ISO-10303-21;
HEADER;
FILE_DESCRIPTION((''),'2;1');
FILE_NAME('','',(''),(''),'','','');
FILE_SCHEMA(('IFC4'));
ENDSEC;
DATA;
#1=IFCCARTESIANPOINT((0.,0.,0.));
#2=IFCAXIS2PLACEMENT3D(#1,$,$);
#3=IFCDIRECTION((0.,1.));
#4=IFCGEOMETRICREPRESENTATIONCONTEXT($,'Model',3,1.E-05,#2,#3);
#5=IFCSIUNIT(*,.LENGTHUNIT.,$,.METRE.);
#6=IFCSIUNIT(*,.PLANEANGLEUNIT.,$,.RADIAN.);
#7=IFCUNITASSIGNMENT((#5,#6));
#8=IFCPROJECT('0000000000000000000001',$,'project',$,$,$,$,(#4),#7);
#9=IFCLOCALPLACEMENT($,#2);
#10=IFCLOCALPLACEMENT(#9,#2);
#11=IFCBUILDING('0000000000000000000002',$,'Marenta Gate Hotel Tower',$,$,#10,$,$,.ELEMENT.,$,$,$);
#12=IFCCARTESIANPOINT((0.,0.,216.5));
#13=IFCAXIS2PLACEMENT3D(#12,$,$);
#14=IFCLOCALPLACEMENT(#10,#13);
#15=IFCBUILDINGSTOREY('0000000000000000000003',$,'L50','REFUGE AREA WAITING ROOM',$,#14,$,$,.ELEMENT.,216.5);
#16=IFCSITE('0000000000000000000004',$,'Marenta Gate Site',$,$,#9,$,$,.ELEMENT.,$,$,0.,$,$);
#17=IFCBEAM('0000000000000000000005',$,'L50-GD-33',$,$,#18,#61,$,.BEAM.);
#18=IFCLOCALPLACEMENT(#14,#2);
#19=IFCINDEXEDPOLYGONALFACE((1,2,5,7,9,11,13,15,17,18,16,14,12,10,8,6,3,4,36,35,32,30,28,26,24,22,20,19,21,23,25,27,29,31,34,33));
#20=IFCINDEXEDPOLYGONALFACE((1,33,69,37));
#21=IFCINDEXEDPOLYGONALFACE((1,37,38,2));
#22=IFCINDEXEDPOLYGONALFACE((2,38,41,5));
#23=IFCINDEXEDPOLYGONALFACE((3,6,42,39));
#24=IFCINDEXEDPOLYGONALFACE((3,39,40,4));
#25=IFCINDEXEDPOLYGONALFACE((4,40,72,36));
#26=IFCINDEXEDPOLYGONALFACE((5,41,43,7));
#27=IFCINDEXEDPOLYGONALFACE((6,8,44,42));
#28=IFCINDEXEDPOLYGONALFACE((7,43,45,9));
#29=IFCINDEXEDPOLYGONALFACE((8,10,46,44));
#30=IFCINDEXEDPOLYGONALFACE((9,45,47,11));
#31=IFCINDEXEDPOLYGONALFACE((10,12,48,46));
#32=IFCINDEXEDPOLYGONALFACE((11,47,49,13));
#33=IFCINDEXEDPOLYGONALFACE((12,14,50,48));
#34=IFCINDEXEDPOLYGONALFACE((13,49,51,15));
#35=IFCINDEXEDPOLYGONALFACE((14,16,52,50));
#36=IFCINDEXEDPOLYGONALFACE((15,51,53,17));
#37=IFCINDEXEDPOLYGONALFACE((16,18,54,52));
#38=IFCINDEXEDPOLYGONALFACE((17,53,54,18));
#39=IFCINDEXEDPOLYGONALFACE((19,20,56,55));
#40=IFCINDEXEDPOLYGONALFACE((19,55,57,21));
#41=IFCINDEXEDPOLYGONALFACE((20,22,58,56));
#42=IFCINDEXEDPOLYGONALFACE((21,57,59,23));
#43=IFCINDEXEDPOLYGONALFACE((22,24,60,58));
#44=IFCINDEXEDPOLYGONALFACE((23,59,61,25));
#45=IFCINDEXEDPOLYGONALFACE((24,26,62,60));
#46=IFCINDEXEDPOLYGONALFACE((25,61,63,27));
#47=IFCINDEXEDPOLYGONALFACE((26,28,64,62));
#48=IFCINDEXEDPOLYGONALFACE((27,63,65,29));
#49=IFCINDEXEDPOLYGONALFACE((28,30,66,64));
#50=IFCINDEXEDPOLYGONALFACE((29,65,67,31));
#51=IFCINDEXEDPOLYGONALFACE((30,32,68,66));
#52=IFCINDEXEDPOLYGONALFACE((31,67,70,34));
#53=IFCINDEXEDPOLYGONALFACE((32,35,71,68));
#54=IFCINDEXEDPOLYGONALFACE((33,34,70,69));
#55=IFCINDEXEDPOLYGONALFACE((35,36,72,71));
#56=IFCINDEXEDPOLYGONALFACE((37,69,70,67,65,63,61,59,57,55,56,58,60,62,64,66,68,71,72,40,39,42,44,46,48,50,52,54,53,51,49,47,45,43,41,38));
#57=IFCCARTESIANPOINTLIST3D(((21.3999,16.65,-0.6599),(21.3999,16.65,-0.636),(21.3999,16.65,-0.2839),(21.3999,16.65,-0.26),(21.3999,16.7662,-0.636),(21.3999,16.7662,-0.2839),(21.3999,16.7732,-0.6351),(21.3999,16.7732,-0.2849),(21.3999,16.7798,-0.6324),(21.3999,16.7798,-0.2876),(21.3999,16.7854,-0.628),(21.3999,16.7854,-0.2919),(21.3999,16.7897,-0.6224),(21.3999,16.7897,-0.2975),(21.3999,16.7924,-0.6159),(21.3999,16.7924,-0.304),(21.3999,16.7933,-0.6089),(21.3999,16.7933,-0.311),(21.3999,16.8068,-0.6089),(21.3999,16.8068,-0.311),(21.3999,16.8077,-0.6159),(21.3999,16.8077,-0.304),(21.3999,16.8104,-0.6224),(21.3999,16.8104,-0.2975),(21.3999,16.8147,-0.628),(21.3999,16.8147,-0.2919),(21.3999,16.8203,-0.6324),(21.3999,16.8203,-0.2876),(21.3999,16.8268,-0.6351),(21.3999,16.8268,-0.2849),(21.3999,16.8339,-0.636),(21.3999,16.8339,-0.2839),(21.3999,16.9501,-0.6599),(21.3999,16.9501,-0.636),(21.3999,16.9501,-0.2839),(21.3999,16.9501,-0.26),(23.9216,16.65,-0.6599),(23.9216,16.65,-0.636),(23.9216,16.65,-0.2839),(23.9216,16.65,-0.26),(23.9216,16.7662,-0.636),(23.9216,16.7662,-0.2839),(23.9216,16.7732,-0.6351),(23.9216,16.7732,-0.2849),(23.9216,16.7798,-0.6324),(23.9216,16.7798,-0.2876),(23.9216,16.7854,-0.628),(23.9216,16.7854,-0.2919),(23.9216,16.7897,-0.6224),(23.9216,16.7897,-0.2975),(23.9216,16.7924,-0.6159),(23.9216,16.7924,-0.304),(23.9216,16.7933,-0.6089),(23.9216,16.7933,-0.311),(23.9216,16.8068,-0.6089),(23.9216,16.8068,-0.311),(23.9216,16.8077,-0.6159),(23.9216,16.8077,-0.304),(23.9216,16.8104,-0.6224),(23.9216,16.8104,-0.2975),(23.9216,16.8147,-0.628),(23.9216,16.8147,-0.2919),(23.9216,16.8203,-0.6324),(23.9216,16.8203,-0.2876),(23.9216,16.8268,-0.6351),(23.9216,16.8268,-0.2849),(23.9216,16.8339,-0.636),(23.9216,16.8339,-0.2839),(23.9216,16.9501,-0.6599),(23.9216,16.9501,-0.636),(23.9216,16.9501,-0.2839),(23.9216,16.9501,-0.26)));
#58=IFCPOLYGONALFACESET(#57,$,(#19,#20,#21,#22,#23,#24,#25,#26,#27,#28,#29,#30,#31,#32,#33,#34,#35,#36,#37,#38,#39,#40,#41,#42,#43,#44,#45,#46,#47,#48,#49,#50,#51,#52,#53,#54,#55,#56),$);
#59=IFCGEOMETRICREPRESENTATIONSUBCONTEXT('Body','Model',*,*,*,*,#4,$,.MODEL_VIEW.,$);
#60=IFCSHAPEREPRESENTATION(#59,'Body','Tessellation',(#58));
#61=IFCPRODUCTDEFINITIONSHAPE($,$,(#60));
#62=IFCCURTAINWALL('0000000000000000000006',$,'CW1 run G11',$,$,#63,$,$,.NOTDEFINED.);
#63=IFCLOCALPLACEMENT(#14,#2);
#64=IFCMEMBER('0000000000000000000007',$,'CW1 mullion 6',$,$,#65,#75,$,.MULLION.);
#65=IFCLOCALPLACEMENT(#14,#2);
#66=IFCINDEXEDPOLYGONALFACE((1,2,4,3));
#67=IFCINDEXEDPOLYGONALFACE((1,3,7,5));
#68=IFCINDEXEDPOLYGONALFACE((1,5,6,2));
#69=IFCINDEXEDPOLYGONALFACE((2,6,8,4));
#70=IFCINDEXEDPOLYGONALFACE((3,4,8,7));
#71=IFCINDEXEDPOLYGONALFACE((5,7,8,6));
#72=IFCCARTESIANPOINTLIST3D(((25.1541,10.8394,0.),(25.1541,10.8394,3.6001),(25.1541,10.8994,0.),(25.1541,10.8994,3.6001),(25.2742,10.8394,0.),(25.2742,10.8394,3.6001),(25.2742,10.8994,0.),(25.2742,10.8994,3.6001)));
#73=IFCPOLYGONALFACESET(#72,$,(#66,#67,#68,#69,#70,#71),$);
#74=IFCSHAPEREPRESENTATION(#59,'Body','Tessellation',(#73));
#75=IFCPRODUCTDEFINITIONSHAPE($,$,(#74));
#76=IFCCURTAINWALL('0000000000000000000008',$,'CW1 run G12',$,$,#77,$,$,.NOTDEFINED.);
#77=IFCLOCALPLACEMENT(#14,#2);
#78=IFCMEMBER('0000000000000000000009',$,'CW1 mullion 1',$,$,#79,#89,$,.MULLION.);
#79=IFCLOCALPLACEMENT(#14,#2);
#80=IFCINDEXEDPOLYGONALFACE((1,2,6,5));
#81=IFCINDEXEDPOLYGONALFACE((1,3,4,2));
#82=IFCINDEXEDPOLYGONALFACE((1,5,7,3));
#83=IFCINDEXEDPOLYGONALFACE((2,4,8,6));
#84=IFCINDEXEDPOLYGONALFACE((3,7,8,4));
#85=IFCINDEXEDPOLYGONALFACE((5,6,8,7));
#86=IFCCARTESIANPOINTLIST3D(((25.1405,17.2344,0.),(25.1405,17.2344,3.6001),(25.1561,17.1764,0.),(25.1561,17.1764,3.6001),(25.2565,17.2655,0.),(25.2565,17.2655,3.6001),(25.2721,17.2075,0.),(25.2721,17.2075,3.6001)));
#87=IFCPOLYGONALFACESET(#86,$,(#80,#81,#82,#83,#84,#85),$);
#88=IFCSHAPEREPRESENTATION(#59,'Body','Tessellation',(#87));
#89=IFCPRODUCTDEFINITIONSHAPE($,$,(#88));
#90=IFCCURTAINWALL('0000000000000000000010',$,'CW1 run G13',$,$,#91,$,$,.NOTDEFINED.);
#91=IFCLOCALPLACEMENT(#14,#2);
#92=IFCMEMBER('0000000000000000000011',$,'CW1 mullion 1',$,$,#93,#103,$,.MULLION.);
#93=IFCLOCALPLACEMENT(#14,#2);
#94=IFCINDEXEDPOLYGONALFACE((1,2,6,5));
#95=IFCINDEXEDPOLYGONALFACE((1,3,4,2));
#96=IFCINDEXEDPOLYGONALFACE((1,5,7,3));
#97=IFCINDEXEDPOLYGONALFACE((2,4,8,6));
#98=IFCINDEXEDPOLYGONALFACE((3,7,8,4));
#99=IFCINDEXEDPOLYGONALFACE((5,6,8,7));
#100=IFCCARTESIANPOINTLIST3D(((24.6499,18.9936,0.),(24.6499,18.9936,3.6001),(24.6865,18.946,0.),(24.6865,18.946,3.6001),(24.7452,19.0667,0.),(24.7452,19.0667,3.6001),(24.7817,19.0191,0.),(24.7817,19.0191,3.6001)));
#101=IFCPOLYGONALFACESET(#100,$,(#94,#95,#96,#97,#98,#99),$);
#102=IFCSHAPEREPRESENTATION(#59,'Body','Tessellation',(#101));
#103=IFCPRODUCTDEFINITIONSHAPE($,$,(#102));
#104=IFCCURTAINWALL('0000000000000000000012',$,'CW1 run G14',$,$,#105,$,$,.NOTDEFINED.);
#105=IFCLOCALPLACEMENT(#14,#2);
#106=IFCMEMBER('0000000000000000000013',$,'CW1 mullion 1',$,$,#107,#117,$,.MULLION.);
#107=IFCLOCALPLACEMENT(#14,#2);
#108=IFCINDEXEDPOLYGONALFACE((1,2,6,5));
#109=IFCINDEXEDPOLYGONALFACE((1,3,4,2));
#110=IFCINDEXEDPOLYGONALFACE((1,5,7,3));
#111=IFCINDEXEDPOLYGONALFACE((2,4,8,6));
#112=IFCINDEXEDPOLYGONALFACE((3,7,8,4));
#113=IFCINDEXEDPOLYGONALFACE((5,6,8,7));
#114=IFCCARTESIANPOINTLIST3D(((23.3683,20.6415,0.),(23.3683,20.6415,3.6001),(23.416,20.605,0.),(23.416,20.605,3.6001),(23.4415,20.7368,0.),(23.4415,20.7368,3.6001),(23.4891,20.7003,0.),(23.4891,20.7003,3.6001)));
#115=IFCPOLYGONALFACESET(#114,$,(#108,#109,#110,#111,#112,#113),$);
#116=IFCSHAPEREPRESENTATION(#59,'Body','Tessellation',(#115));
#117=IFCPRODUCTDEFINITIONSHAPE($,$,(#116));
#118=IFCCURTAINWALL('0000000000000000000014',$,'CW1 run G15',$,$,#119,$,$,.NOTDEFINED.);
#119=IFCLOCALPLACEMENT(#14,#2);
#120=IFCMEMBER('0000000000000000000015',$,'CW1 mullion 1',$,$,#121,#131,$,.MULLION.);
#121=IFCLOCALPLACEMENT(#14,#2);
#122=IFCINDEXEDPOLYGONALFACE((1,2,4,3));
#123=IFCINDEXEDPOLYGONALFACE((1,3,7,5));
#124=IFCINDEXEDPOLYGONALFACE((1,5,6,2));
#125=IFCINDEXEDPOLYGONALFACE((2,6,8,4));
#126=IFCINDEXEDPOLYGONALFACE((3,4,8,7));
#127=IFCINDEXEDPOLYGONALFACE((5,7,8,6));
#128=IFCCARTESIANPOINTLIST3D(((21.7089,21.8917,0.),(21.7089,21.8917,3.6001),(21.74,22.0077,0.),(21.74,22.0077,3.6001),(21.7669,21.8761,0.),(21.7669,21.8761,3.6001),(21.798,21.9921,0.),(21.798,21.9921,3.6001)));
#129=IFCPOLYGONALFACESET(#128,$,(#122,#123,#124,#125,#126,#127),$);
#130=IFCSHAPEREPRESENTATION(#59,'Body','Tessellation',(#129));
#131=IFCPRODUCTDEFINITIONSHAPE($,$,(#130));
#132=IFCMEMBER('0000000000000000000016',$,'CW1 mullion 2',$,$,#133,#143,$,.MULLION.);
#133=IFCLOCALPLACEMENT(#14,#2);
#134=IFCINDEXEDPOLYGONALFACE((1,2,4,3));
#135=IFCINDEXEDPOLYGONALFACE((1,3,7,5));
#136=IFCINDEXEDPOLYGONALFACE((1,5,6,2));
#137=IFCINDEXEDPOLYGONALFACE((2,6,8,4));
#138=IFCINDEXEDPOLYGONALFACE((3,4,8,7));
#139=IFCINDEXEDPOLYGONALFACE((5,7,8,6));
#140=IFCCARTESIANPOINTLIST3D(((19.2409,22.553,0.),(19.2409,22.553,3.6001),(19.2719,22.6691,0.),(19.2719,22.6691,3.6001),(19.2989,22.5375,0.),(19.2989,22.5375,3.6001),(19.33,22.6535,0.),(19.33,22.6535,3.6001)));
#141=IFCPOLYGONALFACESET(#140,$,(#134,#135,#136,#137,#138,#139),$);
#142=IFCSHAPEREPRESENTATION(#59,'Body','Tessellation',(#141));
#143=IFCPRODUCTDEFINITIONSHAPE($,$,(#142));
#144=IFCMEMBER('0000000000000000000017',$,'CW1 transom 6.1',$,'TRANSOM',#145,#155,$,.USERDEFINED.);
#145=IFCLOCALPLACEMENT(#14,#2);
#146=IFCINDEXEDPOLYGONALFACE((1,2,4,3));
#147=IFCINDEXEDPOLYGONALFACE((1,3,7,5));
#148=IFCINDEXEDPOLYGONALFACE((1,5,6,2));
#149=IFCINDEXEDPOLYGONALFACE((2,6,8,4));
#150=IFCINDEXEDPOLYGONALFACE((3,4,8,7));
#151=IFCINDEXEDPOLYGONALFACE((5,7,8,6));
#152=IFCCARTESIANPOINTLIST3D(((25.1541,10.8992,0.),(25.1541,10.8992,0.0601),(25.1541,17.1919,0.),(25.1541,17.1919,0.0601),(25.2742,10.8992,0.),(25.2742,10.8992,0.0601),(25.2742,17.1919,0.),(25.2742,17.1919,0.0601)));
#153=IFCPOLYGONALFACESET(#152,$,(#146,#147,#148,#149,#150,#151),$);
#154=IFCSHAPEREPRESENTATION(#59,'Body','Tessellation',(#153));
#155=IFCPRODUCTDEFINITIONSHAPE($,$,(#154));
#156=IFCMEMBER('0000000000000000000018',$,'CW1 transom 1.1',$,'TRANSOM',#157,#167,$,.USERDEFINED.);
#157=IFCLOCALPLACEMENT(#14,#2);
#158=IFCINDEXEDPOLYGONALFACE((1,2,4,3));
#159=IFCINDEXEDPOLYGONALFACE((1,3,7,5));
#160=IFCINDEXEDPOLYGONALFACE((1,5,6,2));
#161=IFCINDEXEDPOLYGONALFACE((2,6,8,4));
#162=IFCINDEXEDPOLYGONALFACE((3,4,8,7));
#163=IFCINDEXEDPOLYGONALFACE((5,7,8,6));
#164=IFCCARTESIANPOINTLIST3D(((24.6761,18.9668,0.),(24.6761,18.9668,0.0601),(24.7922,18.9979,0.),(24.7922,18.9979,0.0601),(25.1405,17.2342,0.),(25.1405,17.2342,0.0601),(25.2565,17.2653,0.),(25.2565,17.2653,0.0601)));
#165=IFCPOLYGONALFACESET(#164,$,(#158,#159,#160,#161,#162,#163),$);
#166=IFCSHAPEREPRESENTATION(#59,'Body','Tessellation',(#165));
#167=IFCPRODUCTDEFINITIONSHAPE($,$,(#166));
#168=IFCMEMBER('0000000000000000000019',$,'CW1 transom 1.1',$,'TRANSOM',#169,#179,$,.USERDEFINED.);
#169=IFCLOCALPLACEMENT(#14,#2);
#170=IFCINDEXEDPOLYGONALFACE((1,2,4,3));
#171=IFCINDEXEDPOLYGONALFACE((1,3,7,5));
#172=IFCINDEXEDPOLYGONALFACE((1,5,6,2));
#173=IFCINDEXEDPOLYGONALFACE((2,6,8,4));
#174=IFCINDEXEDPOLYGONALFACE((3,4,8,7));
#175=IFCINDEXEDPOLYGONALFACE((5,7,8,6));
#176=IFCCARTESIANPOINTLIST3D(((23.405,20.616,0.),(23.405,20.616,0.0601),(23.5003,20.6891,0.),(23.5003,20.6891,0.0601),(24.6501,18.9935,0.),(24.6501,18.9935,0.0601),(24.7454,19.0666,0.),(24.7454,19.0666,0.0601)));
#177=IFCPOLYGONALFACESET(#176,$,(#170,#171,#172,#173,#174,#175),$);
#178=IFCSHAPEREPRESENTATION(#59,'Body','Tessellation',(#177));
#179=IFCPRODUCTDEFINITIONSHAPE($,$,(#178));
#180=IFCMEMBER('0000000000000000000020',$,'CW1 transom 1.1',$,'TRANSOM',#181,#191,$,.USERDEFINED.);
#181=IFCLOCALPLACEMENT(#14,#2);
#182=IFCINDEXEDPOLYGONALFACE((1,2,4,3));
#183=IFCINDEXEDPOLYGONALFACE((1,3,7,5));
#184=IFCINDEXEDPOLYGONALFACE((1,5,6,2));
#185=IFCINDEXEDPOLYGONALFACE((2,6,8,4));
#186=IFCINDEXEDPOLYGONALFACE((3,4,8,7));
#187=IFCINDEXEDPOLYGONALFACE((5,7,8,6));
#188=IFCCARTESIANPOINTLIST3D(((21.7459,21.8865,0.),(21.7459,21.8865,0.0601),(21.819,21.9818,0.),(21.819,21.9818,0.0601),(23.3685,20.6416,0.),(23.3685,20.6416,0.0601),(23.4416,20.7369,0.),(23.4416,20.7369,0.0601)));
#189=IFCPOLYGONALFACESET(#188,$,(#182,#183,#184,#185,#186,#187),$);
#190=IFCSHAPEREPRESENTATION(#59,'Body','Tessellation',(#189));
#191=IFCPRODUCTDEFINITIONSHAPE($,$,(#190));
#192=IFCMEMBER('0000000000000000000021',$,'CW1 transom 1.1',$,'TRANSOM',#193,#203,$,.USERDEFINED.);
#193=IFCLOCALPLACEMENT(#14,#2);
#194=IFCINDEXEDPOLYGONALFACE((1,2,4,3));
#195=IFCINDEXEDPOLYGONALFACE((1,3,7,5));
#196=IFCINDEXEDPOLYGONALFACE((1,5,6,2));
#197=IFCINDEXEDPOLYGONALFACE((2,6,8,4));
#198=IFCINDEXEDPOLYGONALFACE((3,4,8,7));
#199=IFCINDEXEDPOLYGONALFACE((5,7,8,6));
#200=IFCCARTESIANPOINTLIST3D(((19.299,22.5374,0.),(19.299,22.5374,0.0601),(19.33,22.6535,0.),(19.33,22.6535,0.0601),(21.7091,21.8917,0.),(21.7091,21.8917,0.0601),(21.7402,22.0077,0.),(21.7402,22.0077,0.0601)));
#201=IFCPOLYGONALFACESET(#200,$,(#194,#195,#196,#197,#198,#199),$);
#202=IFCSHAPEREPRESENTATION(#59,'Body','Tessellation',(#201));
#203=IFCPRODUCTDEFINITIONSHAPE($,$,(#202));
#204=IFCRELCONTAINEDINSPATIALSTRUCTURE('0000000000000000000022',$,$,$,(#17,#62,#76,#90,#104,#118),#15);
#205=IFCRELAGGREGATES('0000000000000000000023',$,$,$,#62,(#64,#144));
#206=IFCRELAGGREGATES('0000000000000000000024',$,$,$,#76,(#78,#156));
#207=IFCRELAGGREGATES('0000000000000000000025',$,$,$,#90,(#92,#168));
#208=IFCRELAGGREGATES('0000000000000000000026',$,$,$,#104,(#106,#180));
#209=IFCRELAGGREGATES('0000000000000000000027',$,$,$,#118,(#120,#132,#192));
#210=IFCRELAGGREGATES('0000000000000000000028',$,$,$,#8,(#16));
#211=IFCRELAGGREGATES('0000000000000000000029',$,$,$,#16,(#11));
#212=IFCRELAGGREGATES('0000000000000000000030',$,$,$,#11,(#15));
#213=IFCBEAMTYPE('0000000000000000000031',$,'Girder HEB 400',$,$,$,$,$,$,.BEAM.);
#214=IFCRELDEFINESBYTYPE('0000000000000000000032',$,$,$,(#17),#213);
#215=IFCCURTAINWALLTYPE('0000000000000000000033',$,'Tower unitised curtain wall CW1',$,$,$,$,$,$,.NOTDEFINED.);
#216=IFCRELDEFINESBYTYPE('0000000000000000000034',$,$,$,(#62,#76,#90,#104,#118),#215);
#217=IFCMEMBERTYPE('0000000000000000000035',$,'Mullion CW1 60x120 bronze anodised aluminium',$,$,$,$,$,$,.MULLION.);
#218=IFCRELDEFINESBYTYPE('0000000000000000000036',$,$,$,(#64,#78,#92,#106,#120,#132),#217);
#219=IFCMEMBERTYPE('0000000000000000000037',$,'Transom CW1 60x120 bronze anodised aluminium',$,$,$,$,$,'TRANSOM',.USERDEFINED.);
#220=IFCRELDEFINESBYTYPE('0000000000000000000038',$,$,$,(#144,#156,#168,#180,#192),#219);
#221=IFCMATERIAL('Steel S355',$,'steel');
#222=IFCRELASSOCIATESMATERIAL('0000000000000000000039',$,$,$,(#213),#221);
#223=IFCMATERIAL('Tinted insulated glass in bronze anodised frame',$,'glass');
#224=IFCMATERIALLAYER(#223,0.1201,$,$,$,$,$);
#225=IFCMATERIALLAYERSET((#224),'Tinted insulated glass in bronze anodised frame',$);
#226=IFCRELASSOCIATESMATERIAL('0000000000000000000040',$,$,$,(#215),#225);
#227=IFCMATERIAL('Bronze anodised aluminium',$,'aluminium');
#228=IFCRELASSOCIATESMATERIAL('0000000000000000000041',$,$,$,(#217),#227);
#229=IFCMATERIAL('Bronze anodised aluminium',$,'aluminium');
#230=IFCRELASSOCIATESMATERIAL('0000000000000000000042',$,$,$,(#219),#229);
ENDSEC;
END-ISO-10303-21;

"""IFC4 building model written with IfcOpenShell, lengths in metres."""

from ifc_helpers import new_model, si_unit, direction, frame, origin, origin_2d, place, context, subcontext, project, spatial, rectangle, i_section, extrude, material, layer, layer_set, material_profile, profile_set, type_object, element, aggregate, save


model = new_model("IFC4")

# Units and contexts
model_context = context("Model", 3, precision=1e-05, world=origin(), true_north=direction((0.0, 1.0)))
body_context = subcontext(model_context, "Body", "Model", "MODEL_VIEW")
ifc_project = project(units=[si_unit("LENGTHUNIT", "METRE"), si_unit("PLANEANGLEUNIT", "RADIAN")], contexts=[model_context])

# Site, building, storey
site_placement = place(None, origin())
site = spatial("IfcSite", under=ifc_project, at=site_placement, Name="Marenta Gate Site", CompositionType="ELEMENT", RefElevation=0.0)
building_placement = place(site_placement, origin())
building = spatial("IfcBuilding", under=site, at=building_placement, Name="Marenta Gate Hotel Tower", CompositionType="ELEMENT")
storey_placement = place(building_placement, frame((0.0, 0.0, 216.5)))
storey = spatial("IfcBuildingStorey", under=building, at=storey_placement, Name="L50", Description="REFUGE AREA WAITING ROOM", CompositionType="ELEMENT", Elevation=216.5)

# Beam
ifc_material_1 = material(Name="Steel S355", Category="steel")
ifc_material_profile_1 = material_profile(ifc_material_1, i_section(OverallWidth=0.3, OverallDepth=0.3999, WebThickness=0.0134, FlangeThickness=0.0239, FilletRadius=0.0271, at=origin_2d()), Name="HEB 400")
ifc_profile_set_1 = profile_set([ifc_material_profile_1], Name="Steel S355")
beam_type_1 = type_object("IfcBeamType", Name="Girder HEB 400", PredefinedType="BEAM", material=ifc_profile_set_1)
beam_1_placement = place(storey_placement, frame((21.3999, 16.8, -0.46), z_axis=(1.0, 0.0, 0.0), x_axis=(0.0, 1.0, 0.0)))
element("IfcBeam", 1, at=beam_1_placement, inside=storey, type_object=beam_type_1, Name="L50-GD-33", PredefinedType="BEAM", context=body_context, shape_type="SweptSolid", body=[
    extrude(i_section(OverallWidth=0.3, OverallDepth=0.3999, WebThickness=0.0134, FlangeThickness=0.0239, FilletRadius=0.0271, at=origin_2d()), origin(), (0.0, 0.0, 1.0), 2.5217),
])

# Curtain walls, members
ifc_material_2 = material(Name="Tinted insulated glass in bronze anodised frame", Category="glass")
ifc_layer_1 = layer(ifc_material_2, 0.1201)
ifc_layer_set_1 = layer_set([ifc_layer_1], Name="Tinted insulated glass in bronze anodised frame")
curtain_wall_type = type_object("IfcCurtainWallType", Name="Tower unitised curtain wall CW1", PredefinedType="NOTDEFINED", material=ifc_layer_set_1)
curtain_wall_1_placement = place(storey_placement, origin())
curtain_wall_1 = element("IfcCurtainWall", 2, at=curtain_wall_1_placement, inside=storey, type_object=curtain_wall_type, Name="CW1 run G11", PredefinedType="NOTDEFINED")
ifc_material_3 = material(Name="Bronze anodised aluminium", Category="aluminium")
ifc_material_profile_2 = material_profile(ifc_material_3, rectangle(XDim=0.1201, YDim=0.0601, at=origin_2d()), Name="Mullion CW1 60x120 bronze anodised aluminium")
ifc_profile_set_2 = profile_set([ifc_material_profile_2], Name="Bronze anodised aluminium")
member_type_1 = type_object("IfcMemberType", Name="Mullion CW1 60x120 bronze anodised aluminium", PredefinedType="MULLION", material=ifc_profile_set_2)
member_1_placement = place(storey_placement, frame((25.2141, 10.8694, 0.0), z_axis=(0.0, 0.0, 1.0), x_axis=(-1.0, 0.0, 0.0)))
member_1 = element("IfcMember", 3, at=member_1_placement, type_object=member_type_1, Name="CW1 mullion 6", PredefinedType="MULLION", context=body_context, shape_type="SweptSolid", body=[
    extrude(rectangle(XDim=0.1201, YDim=0.0601, at=origin_2d()), origin(), (0.0, 0.0, 1.0), 3.6001),
])
curtain_wall_2_placement = place(storey_placement, origin())
curtain_wall_2 = element("IfcCurtainWall", 4, at=curtain_wall_2_placement, inside=storey, type_object=curtain_wall_type, Name="CW1 run G12", PredefinedType="NOTDEFINED")
member_2_placement = place(storey_placement, frame((25.2063, 17.2209, 0.0), z_axis=(0.0, 0.0, 1.0), x_axis=(-0.965924, -0.258824, 0.0)))
member_2 = element("IfcMember", 5, at=member_2_placement, type_object=member_type_1, Name="CW1 mullion 1", PredefinedType="MULLION", context=body_context, shape_type="SweptSolid", body=[
    extrude(rectangle(XDim=0.1201, YDim=0.0601, at=origin_2d()), origin(), (0.0, 0.0, 1.0), 3.6001),
])
curtain_wall_3_placement = place(storey_placement, origin())
curtain_wall_3 = element("IfcCurtainWall", 6, at=curtain_wall_3_placement, inside=storey, type_object=curtain_wall_type, Name="CW1 run G13", PredefinedType="NOTDEFINED")
member_3_placement = place(storey_placement, frame((24.7158, 19.0063, 0.0), z_axis=(0.0, 0.0, 1.0), x_axis=(-0.793333, -0.608787, 0.0)))
member_3 = element("IfcMember", 7, at=member_3_placement, type_object=member_type_1, Name="CW1 mullion 1", PredefinedType="MULLION", context=body_context, shape_type="SweptSolid", body=[
    extrude(rectangle(XDim=0.1201, YDim=0.0601, at=origin_2d()), origin(), (0.0, 0.0, 1.0), 3.6001),
])
curtain_wall_4_placement = place(storey_placement, origin())
curtain_wall_4 = element("IfcCurtainWall", 8, at=curtain_wall_4_placement, inside=storey, type_object=curtain_wall_type, Name="CW1 run G14", PredefinedType="NOTDEFINED")
member_4_placement = place(storey_placement, frame((23.4287, 20.6709, 0.0), z_axis=(0.0, 0.0, 1.0), x_axis=(-0.608787, -0.793333, 0.0)))
member_4 = element("IfcMember", 9, at=member_4_placement, type_object=member_type_1, Name="CW1 mullion 1", PredefinedType="MULLION", context=body_context, shape_type="SweptSolid", body=[
    extrude(rectangle(XDim=0.1201, YDim=0.0601, at=origin_2d()), origin(), (0.0, 0.0, 1.0), 3.6001),
])

# Curtain wall, members
curtain_wall_5_placement = place(storey_placement, origin())
curtain_wall_5 = element("IfcCurtainWall", 10, at=curtain_wall_5_placement, inside=storey, type_object=curtain_wall_type, Name="CW1 run G15", PredefinedType="NOTDEFINED")
member_5_placement = place(storey_placement, frame((21.7534, 21.9419, 0.0), z_axis=(0.0, 0.0, 1.0), x_axis=(-0.258805, -0.96593, 0.0)))
member_5 = element("IfcMember", 11, at=member_5_placement, type_object=member_type_1, Name="CW1 mullion 1", PredefinedType="MULLION", context=body_context, shape_type="SweptSolid", body=[
    extrude(rectangle(XDim=0.1201, YDim=0.0601, at=origin_2d()), origin(), (0.0, 0.0, 1.0), 3.6001),
])
member_6_placement = place(storey_placement, frame((19.2854, 22.6033, 0.0), z_axis=(0.0, 0.0, 1.0), x_axis=(-0.258805, -0.96593, 0.0)))
member_6 = element("IfcMember", 12, at=member_6_placement, type_object=member_type_1, Name="CW1 mullion 2", PredefinedType="MULLION", context=body_context, shape_type="SweptSolid", body=[
    extrude(rectangle(XDim=0.1201, YDim=0.0601, at=origin_2d()), origin(), (0.0, 0.0, 1.0), 3.6001),
])

# Members
ifc_material_4 = material(Name="Bronze anodised aluminium", Category="aluminium")
ifc_material_profile_3 = material_profile(ifc_material_4, rectangle(XDim=0.1201, YDim=0.0601, at=origin_2d()), Name="Transom CW1 60x120 bronze anodised aluminium")
ifc_profile_set_3 = profile_set([ifc_material_profile_3], Name="Bronze anodised aluminium")
member_type_2 = type_object("IfcMemberType", Name="Transom CW1 60x120 bronze anodised aluminium", ElementType="TRANSOM", PredefinedType="USERDEFINED", material=ifc_profile_set_3)
member_7_placement = place(storey_placement, frame((25.2141, 10.8992, 0.03), z_axis=(0.0, 1.0, 0.0), x_axis=(-1.0, 0.0, 0.0)))
member_7 = element("IfcMember", 13, at=member_7_placement, type_object=member_type_2, Name="CW1 transom 6.1", ObjectType="TRANSOM", PredefinedType="USERDEFINED", context=body_context, shape_type="SweptSolid", body=[
    extrude(rectangle(XDim=0.1201, YDim=0.0601, at=origin_2d()), origin(), (0.0, 0.0, 1.0), 6.2927),
])
member_8_placement = place(storey_placement, frame((25.1985, 17.2498, 0.03), z_axis=(-0.258865, 0.965913, 0.0), x_axis=(-0.965913, -0.258865, 0.0)))
member_8 = element("IfcMember", 14, at=member_8_placement, type_object=member_type_2, Name="CW1 transom 1.1", ObjectType="TRANSOM", PredefinedType="USERDEFINED", context=body_context, shape_type="SweptSolid", body=[
    extrude(rectangle(XDim=0.1201, YDim=0.0601, at=origin_2d()), origin(), (0.0, 0.0, 1.0), 1.7937),
])
member_9_placement = place(storey_placement, frame((24.6978, 19.03, 0.03), z_axis=(-0.608787, 0.793333, 0.0), x_axis=(-0.793333, -0.608787, 0.0)))
member_9 = element("IfcMember", 15, at=member_9_placement, type_object=member_type_2, Name="CW1 transom 1.1", ObjectType="TRANSOM", PredefinedType="USERDEFINED", context=body_context, shape_type="SweptSolid", body=[
    extrude(rectangle(XDim=0.1201, YDim=0.0601, at=origin_2d()), origin(), (0.0, 0.0, 1.0), 2.0452),
])
member_10_placement = place(storey_placement, frame((23.405, 20.6892, 0.03), z_axis=(-0.793391, 0.608712, 0.0), x_axis=(-0.608712, -0.793391, 0.0)))
member_10 = element("IfcMember", 16, at=member_10_placement, type_object=member_type_2, Name="CW1 transom 1.1", ObjectType="TRANSOM", PredefinedType="USERDEFINED", context=body_context, shape_type="SweptSolid", body=[
    extrude(rectangle(XDim=0.1201, YDim=0.0601, at=origin_2d()), origin(), (0.0, 0.0, 1.0), 2.0452),
])
member_11_placement = place(storey_placement, frame((21.7246, 21.9497, 0.03), z_axis=(-0.965931, 0.258801, 0.0), x_axis=(-0.258801, -0.965931, 0.0)))
member_11 = element("IfcMember", 17, at=member_11_placement, type_object=member_type_2, Name="CW1 transom 1.1", ObjectType="TRANSOM", PredefinedType="USERDEFINED", context=body_context, shape_type="SweptSolid", body=[
    extrude(rectangle(XDim=0.1201, YDim=0.0601, at=origin_2d()), origin(), (0.0, 0.0, 1.0), 2.4951),
])

aggregate(curtain_wall_1, [member_1, member_7])
aggregate(curtain_wall_2, [member_2, member_8])
aggregate(curtain_wall_3, [member_3, member_9])
aggregate(curtain_wall_4, [member_4, member_10])
aggregate(curtain_wall_5, [member_5, member_6, member_11])

save(model, "model.ifc")
